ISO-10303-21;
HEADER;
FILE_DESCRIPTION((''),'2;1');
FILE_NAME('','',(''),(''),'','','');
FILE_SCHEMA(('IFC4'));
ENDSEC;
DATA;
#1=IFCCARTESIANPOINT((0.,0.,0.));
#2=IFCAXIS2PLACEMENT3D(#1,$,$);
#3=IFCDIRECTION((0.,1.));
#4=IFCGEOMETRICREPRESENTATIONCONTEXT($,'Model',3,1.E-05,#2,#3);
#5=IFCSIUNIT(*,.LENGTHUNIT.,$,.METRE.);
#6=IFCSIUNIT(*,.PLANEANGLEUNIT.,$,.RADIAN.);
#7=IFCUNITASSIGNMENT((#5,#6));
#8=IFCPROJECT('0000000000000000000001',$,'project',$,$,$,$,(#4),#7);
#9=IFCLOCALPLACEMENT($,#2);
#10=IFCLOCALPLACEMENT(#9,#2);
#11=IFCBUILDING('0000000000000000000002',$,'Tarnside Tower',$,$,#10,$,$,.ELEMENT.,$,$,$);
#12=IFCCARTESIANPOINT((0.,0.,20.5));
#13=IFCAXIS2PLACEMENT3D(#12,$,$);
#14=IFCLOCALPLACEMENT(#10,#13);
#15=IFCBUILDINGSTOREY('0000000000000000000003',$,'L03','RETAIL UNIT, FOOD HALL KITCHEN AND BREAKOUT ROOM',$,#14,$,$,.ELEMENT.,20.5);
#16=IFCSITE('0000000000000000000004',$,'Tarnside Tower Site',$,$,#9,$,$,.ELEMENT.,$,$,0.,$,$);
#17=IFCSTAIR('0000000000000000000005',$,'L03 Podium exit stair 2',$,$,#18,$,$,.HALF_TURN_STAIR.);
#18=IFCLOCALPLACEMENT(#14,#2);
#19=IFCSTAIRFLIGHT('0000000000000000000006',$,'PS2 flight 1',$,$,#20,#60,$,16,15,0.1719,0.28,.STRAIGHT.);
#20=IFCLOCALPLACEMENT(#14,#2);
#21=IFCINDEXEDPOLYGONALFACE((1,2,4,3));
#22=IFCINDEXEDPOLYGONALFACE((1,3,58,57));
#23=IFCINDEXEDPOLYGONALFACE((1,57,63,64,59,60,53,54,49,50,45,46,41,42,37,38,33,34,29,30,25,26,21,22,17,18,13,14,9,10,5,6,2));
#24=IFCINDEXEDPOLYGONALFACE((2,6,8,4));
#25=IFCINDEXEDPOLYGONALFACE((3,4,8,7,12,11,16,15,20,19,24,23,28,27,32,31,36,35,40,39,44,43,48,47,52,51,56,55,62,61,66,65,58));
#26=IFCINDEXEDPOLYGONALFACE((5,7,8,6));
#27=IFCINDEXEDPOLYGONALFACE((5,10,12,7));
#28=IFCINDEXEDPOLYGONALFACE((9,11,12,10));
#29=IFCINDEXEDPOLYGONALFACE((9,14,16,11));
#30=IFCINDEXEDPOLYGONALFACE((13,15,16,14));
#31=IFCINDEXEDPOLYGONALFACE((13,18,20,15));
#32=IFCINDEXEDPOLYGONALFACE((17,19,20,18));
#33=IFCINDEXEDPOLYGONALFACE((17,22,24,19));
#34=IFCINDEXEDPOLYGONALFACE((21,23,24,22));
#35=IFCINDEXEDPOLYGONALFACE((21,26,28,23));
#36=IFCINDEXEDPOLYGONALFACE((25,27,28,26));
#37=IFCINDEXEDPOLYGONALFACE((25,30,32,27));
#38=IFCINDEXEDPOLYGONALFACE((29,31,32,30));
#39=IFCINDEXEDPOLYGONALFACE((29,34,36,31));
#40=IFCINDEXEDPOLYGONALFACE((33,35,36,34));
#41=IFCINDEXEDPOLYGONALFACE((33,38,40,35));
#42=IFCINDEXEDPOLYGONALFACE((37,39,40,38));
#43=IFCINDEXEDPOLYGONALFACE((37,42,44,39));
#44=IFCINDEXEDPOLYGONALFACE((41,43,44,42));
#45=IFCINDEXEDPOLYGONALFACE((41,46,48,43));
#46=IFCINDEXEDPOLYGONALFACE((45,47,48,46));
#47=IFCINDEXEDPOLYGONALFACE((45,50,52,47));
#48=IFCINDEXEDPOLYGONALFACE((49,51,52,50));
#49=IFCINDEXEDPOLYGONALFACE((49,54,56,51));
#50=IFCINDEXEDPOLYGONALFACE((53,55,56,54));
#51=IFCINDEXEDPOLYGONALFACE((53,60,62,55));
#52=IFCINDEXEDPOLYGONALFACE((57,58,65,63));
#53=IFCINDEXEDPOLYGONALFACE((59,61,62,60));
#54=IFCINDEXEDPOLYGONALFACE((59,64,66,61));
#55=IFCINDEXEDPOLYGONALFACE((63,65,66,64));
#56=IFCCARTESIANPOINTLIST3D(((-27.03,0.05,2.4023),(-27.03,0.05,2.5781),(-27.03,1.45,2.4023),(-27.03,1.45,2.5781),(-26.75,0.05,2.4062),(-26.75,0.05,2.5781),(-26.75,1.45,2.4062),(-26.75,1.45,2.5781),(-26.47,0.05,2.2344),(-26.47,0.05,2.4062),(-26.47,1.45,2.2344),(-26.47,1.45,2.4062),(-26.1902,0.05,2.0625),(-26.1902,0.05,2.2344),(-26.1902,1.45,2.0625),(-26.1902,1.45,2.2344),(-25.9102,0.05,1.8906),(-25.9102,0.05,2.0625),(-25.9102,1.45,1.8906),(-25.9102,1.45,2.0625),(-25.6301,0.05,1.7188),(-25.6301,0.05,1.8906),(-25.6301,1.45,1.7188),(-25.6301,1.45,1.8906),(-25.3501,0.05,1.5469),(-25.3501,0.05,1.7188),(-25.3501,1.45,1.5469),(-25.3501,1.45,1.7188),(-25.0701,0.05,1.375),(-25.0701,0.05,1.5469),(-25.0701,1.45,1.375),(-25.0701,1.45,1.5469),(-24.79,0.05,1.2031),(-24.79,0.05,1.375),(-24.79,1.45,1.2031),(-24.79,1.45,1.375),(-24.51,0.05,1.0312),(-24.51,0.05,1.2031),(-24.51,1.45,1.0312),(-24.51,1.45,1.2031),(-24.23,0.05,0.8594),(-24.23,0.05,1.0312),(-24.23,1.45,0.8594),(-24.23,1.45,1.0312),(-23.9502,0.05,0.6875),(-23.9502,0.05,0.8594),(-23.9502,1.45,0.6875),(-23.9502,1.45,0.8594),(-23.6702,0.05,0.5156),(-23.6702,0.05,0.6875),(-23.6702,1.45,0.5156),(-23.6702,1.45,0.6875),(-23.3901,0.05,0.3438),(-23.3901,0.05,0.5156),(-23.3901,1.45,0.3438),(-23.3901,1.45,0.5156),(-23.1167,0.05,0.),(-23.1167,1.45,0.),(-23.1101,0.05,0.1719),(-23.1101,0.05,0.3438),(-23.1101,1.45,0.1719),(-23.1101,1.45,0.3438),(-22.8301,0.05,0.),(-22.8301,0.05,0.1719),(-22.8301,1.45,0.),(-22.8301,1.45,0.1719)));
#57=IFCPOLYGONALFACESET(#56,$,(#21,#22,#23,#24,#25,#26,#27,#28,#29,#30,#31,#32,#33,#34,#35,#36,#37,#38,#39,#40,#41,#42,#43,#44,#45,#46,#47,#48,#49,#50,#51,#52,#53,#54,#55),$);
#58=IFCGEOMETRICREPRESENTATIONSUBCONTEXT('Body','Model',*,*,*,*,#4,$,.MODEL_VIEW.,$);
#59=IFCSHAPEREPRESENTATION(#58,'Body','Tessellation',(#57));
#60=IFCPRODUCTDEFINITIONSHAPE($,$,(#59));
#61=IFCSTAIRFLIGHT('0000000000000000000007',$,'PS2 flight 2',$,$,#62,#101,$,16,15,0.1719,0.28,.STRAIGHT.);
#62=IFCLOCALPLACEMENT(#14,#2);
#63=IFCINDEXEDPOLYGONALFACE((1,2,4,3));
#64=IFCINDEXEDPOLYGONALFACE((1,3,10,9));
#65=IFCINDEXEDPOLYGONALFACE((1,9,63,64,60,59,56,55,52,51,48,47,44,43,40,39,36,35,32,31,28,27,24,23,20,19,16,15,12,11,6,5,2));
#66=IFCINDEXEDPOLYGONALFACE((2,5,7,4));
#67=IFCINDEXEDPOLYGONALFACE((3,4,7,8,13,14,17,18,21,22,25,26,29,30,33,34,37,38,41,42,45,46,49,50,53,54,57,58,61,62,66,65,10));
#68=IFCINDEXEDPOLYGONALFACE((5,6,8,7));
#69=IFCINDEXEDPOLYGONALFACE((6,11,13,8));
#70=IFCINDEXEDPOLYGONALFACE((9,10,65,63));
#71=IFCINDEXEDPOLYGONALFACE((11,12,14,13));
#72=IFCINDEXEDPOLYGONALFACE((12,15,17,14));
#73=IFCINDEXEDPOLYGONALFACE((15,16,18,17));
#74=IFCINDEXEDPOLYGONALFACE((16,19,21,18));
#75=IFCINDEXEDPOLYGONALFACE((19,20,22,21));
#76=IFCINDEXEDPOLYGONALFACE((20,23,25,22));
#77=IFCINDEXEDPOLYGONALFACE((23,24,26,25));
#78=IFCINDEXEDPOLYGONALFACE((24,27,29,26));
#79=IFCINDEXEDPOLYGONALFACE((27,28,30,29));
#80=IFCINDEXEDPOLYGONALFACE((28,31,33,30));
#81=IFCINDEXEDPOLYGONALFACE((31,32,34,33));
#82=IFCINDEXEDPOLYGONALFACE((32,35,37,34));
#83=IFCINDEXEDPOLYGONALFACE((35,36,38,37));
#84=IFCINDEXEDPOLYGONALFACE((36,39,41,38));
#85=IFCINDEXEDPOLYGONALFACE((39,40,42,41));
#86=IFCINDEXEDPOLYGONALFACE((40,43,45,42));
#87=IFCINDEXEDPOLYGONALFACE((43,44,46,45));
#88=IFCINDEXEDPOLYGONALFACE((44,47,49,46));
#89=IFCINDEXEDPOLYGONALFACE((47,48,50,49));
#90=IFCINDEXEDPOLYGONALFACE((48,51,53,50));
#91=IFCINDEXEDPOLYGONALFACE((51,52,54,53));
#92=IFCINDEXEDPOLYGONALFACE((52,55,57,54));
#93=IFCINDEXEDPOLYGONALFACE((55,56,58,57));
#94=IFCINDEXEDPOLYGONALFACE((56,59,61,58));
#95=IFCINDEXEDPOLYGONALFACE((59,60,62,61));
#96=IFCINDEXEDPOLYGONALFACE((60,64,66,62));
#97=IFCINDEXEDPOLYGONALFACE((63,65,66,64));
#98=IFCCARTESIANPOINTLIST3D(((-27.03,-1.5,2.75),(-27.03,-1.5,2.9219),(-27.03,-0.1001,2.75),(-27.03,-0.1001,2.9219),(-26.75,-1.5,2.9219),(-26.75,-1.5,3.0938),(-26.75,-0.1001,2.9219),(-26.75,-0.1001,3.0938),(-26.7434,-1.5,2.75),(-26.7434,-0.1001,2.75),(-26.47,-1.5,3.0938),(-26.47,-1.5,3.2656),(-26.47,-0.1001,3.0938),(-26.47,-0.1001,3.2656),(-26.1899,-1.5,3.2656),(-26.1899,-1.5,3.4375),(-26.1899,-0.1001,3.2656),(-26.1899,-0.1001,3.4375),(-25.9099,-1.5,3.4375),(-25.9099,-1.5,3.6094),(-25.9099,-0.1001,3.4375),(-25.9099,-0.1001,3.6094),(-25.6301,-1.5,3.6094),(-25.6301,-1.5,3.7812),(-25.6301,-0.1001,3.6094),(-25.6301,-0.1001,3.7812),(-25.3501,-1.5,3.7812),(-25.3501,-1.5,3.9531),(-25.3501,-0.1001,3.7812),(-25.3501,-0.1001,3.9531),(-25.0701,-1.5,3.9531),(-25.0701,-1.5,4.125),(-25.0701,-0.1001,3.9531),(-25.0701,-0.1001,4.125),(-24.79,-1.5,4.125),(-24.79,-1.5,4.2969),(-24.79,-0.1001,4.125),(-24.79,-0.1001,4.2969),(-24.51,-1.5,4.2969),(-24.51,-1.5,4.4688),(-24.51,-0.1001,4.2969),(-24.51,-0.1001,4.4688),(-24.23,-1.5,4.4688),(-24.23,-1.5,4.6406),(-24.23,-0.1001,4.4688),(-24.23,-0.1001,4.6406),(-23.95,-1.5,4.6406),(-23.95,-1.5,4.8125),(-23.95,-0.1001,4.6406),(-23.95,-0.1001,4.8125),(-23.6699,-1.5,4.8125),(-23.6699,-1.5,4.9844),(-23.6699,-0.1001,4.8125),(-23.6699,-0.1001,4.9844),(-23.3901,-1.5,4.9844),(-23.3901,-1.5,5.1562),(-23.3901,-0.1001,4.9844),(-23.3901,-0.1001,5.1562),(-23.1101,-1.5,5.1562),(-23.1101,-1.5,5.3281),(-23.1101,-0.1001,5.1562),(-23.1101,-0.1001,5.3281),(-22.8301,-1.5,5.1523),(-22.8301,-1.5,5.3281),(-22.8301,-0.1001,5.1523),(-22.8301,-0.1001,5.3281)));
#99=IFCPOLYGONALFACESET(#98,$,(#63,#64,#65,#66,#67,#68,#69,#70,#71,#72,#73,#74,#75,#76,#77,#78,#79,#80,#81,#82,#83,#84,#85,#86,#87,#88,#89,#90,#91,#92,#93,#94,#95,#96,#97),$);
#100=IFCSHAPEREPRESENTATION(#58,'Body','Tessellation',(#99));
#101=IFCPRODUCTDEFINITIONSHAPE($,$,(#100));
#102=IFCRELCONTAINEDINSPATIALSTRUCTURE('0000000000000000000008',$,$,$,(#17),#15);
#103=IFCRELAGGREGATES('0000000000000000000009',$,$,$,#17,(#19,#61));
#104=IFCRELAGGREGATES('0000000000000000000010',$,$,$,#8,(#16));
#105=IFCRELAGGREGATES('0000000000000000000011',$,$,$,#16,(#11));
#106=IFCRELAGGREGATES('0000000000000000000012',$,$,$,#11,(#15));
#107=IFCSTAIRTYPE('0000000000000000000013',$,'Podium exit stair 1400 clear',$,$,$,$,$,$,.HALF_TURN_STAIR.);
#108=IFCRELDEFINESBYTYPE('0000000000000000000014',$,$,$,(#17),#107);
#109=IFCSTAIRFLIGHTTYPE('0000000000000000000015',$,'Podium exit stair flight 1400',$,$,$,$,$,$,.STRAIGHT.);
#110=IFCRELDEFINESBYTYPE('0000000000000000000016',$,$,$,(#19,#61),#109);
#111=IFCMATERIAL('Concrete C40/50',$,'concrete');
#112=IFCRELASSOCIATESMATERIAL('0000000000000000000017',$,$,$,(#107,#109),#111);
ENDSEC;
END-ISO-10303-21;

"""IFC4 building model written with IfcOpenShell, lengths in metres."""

from ifc_helpers import new_model, si_unit, direction, frame, origin, place, context, subcontext, project, spatial, polyline, outline, extrude, material, type_object, element, aggregate, save


model = new_model("IFC4")

# Units and contexts
model_context = context("Model", 3, precision=1e-05, world=origin(), true_north=direction((0.0, 1.0)))
body_context = subcontext(model_context, "Body", "Model", "MODEL_VIEW")
ifc_project = project(units=[si_unit("LENGTHUNIT", "METRE"), si_unit("PLANEANGLEUNIT", "RADIAN")], contexts=[model_context])

# Site, building, storey
site_placement = place(None, origin())
site = spatial("IfcSite", under=ifc_project, at=site_placement, Name="Tarnside Tower Site", CompositionType="ELEMENT", RefElevation=0.0)
building_placement = place(site_placement, origin())
building = spatial("IfcBuilding", under=site, at=building_placement, Name="Tarnside Tower", CompositionType="ELEMENT")
storey_placement = place(building_placement, frame((0.0, 0.0, 20.5)))
storey = spatial("IfcBuildingStorey", under=building, at=storey_placement, Name="L03", Description="RETAIL UNIT, FOOD HALL KITCHEN AND BREAKOUT ROOM", CompositionType="ELEMENT", Elevation=20.5)

# Stair, stair flights
ifc_material_1 = material(Name="Concrete C40/50", Category="concrete")
stair_type = type_object("IfcStairType", Name="Podium exit stair 1400 clear", PredefinedType="HALF_TURN_STAIR", material=ifc_material_1)
stair_placement = place(storey_placement, origin())
stair = element("IfcStair", 1, at=stair_placement, inside=storey, type_object=stair_type, Name="L03 Podium exit stair 2", PredefinedType="HALF_TURN_STAIR")
stair_flight_type = type_object("IfcStairFlightType", Name="Podium exit stair flight 1400", PredefinedType="STRAIGHT", material=ifc_material_1)
stair_flight_1_placement = place(storey_placement, frame((-22.8301, 0.75, 0.0), z_axis=(0.0, 0.0, 1.0), x_axis=(-1.0, 0.0, 0.0)))
stair_flight_1 = element("IfcStairFlight", 2, at=stair_flight_1_placement, type_object=stair_flight_type, Name="PS2 flight 1", NumberOfRisers=16, NumberOfTreads=15, PredefinedType="STRAIGHT", RiserHeight=0.1719, TreadLength=0.28, context=body_context, shape_type="SweptSolid", body=[
    extrude(outline(polyline([(0.0, 0.0), (0.0, 0.1719), (0.28, 0.1719), (0.28, 0.3438), (0.5601, 0.3438), (0.5601, 0.5156), (0.8401, 0.5156), (0.8401, 0.6875), (1.1201, 0.6875), (1.1201, 0.8594), (1.3999, 0.8594), (1.3999, 1.0312), (1.6799, 1.0312), (1.6799, 1.2031), (1.96, 1.2031), (1.96, 1.375), (2.24, 1.375), (2.24, 1.5469), (2.52, 1.5469), (2.52, 1.7188), (2.8, 1.7188), (2.8, 1.8906), (3.0801, 1.8906), (3.0801, 2.0625), (3.3601, 2.0625), (3.3601, 2.2344), (3.6399, 2.2344), (3.6399, 2.4062), (3.9199, 2.4062), (3.9199, 2.5781), (4.2, 2.5781), (4.2, 2.75), (4.2, 2.4023), (0.2866, 0.0), (0.0, 0.0)])), frame((0.0, 0.7, 0.0), z_axis=(0.0, -1.0, 0.0), x_axis=(1.0, 0.0, 0.0)), (0.0, 0.0, 1.0), 1.3999),
])
stair_flight_2_placement = place(storey_placement, frame((-27.03, -0.8, 2.75), z_axis=(0.0, 0.0, 1.0), x_axis=(1.0, 0.0, 0.0)))
stair_flight_2 = element("IfcStairFlight", 3, at=stair_flight_2_placement, type_object=stair_flight_type, Name="PS2 flight 2", NumberOfRisers=16, NumberOfTreads=15, PredefinedType="STRAIGHT", RiserHeight=0.1719, TreadLength=0.28, context=body_context, shape_type="SweptSolid", body=[
    extrude(outline(polyline([(0.0, 0.0), (0.0, 0.1719), (0.28, 0.1719), (0.28, 0.3438), (0.5601, 0.3438), (0.5601, 0.5156), (0.8401, 0.5156), (0.8401, 0.6875), (1.1201, 0.6875), (1.1201, 0.8594), (1.3999, 0.8594), (1.3999, 1.0312), (1.6799, 1.0312), (1.6799, 1.2031), (1.96, 1.2031), (1.96, 1.375), (2.24, 1.375), (2.24, 1.5469), (2.52, 1.5469), (2.52, 1.7188), (2.8, 1.7188), (2.8, 1.8906), (3.0801, 1.8906), (3.0801, 2.0625), (3.3601, 2.0625), (3.3601, 2.2344), (3.6399, 2.2344), (3.6399, 2.4062), (3.9199, 2.4062), (3.9199, 2.5781), (4.2, 2.5781), (4.2, 2.75), (4.2, 2.4023), (0.2866, 0.0), (0.0, 0.0)])), frame((0.0, 0.7, 0.0), z_axis=(0.0, -1.0, 0.0), x_axis=(1.0, 0.0, 0.0)), (0.0, 0.0, 1.0), 1.3999),
])
aggregate(stair, [stair_flight_1, stair_flight_2])

save(model, "model.ifc")
